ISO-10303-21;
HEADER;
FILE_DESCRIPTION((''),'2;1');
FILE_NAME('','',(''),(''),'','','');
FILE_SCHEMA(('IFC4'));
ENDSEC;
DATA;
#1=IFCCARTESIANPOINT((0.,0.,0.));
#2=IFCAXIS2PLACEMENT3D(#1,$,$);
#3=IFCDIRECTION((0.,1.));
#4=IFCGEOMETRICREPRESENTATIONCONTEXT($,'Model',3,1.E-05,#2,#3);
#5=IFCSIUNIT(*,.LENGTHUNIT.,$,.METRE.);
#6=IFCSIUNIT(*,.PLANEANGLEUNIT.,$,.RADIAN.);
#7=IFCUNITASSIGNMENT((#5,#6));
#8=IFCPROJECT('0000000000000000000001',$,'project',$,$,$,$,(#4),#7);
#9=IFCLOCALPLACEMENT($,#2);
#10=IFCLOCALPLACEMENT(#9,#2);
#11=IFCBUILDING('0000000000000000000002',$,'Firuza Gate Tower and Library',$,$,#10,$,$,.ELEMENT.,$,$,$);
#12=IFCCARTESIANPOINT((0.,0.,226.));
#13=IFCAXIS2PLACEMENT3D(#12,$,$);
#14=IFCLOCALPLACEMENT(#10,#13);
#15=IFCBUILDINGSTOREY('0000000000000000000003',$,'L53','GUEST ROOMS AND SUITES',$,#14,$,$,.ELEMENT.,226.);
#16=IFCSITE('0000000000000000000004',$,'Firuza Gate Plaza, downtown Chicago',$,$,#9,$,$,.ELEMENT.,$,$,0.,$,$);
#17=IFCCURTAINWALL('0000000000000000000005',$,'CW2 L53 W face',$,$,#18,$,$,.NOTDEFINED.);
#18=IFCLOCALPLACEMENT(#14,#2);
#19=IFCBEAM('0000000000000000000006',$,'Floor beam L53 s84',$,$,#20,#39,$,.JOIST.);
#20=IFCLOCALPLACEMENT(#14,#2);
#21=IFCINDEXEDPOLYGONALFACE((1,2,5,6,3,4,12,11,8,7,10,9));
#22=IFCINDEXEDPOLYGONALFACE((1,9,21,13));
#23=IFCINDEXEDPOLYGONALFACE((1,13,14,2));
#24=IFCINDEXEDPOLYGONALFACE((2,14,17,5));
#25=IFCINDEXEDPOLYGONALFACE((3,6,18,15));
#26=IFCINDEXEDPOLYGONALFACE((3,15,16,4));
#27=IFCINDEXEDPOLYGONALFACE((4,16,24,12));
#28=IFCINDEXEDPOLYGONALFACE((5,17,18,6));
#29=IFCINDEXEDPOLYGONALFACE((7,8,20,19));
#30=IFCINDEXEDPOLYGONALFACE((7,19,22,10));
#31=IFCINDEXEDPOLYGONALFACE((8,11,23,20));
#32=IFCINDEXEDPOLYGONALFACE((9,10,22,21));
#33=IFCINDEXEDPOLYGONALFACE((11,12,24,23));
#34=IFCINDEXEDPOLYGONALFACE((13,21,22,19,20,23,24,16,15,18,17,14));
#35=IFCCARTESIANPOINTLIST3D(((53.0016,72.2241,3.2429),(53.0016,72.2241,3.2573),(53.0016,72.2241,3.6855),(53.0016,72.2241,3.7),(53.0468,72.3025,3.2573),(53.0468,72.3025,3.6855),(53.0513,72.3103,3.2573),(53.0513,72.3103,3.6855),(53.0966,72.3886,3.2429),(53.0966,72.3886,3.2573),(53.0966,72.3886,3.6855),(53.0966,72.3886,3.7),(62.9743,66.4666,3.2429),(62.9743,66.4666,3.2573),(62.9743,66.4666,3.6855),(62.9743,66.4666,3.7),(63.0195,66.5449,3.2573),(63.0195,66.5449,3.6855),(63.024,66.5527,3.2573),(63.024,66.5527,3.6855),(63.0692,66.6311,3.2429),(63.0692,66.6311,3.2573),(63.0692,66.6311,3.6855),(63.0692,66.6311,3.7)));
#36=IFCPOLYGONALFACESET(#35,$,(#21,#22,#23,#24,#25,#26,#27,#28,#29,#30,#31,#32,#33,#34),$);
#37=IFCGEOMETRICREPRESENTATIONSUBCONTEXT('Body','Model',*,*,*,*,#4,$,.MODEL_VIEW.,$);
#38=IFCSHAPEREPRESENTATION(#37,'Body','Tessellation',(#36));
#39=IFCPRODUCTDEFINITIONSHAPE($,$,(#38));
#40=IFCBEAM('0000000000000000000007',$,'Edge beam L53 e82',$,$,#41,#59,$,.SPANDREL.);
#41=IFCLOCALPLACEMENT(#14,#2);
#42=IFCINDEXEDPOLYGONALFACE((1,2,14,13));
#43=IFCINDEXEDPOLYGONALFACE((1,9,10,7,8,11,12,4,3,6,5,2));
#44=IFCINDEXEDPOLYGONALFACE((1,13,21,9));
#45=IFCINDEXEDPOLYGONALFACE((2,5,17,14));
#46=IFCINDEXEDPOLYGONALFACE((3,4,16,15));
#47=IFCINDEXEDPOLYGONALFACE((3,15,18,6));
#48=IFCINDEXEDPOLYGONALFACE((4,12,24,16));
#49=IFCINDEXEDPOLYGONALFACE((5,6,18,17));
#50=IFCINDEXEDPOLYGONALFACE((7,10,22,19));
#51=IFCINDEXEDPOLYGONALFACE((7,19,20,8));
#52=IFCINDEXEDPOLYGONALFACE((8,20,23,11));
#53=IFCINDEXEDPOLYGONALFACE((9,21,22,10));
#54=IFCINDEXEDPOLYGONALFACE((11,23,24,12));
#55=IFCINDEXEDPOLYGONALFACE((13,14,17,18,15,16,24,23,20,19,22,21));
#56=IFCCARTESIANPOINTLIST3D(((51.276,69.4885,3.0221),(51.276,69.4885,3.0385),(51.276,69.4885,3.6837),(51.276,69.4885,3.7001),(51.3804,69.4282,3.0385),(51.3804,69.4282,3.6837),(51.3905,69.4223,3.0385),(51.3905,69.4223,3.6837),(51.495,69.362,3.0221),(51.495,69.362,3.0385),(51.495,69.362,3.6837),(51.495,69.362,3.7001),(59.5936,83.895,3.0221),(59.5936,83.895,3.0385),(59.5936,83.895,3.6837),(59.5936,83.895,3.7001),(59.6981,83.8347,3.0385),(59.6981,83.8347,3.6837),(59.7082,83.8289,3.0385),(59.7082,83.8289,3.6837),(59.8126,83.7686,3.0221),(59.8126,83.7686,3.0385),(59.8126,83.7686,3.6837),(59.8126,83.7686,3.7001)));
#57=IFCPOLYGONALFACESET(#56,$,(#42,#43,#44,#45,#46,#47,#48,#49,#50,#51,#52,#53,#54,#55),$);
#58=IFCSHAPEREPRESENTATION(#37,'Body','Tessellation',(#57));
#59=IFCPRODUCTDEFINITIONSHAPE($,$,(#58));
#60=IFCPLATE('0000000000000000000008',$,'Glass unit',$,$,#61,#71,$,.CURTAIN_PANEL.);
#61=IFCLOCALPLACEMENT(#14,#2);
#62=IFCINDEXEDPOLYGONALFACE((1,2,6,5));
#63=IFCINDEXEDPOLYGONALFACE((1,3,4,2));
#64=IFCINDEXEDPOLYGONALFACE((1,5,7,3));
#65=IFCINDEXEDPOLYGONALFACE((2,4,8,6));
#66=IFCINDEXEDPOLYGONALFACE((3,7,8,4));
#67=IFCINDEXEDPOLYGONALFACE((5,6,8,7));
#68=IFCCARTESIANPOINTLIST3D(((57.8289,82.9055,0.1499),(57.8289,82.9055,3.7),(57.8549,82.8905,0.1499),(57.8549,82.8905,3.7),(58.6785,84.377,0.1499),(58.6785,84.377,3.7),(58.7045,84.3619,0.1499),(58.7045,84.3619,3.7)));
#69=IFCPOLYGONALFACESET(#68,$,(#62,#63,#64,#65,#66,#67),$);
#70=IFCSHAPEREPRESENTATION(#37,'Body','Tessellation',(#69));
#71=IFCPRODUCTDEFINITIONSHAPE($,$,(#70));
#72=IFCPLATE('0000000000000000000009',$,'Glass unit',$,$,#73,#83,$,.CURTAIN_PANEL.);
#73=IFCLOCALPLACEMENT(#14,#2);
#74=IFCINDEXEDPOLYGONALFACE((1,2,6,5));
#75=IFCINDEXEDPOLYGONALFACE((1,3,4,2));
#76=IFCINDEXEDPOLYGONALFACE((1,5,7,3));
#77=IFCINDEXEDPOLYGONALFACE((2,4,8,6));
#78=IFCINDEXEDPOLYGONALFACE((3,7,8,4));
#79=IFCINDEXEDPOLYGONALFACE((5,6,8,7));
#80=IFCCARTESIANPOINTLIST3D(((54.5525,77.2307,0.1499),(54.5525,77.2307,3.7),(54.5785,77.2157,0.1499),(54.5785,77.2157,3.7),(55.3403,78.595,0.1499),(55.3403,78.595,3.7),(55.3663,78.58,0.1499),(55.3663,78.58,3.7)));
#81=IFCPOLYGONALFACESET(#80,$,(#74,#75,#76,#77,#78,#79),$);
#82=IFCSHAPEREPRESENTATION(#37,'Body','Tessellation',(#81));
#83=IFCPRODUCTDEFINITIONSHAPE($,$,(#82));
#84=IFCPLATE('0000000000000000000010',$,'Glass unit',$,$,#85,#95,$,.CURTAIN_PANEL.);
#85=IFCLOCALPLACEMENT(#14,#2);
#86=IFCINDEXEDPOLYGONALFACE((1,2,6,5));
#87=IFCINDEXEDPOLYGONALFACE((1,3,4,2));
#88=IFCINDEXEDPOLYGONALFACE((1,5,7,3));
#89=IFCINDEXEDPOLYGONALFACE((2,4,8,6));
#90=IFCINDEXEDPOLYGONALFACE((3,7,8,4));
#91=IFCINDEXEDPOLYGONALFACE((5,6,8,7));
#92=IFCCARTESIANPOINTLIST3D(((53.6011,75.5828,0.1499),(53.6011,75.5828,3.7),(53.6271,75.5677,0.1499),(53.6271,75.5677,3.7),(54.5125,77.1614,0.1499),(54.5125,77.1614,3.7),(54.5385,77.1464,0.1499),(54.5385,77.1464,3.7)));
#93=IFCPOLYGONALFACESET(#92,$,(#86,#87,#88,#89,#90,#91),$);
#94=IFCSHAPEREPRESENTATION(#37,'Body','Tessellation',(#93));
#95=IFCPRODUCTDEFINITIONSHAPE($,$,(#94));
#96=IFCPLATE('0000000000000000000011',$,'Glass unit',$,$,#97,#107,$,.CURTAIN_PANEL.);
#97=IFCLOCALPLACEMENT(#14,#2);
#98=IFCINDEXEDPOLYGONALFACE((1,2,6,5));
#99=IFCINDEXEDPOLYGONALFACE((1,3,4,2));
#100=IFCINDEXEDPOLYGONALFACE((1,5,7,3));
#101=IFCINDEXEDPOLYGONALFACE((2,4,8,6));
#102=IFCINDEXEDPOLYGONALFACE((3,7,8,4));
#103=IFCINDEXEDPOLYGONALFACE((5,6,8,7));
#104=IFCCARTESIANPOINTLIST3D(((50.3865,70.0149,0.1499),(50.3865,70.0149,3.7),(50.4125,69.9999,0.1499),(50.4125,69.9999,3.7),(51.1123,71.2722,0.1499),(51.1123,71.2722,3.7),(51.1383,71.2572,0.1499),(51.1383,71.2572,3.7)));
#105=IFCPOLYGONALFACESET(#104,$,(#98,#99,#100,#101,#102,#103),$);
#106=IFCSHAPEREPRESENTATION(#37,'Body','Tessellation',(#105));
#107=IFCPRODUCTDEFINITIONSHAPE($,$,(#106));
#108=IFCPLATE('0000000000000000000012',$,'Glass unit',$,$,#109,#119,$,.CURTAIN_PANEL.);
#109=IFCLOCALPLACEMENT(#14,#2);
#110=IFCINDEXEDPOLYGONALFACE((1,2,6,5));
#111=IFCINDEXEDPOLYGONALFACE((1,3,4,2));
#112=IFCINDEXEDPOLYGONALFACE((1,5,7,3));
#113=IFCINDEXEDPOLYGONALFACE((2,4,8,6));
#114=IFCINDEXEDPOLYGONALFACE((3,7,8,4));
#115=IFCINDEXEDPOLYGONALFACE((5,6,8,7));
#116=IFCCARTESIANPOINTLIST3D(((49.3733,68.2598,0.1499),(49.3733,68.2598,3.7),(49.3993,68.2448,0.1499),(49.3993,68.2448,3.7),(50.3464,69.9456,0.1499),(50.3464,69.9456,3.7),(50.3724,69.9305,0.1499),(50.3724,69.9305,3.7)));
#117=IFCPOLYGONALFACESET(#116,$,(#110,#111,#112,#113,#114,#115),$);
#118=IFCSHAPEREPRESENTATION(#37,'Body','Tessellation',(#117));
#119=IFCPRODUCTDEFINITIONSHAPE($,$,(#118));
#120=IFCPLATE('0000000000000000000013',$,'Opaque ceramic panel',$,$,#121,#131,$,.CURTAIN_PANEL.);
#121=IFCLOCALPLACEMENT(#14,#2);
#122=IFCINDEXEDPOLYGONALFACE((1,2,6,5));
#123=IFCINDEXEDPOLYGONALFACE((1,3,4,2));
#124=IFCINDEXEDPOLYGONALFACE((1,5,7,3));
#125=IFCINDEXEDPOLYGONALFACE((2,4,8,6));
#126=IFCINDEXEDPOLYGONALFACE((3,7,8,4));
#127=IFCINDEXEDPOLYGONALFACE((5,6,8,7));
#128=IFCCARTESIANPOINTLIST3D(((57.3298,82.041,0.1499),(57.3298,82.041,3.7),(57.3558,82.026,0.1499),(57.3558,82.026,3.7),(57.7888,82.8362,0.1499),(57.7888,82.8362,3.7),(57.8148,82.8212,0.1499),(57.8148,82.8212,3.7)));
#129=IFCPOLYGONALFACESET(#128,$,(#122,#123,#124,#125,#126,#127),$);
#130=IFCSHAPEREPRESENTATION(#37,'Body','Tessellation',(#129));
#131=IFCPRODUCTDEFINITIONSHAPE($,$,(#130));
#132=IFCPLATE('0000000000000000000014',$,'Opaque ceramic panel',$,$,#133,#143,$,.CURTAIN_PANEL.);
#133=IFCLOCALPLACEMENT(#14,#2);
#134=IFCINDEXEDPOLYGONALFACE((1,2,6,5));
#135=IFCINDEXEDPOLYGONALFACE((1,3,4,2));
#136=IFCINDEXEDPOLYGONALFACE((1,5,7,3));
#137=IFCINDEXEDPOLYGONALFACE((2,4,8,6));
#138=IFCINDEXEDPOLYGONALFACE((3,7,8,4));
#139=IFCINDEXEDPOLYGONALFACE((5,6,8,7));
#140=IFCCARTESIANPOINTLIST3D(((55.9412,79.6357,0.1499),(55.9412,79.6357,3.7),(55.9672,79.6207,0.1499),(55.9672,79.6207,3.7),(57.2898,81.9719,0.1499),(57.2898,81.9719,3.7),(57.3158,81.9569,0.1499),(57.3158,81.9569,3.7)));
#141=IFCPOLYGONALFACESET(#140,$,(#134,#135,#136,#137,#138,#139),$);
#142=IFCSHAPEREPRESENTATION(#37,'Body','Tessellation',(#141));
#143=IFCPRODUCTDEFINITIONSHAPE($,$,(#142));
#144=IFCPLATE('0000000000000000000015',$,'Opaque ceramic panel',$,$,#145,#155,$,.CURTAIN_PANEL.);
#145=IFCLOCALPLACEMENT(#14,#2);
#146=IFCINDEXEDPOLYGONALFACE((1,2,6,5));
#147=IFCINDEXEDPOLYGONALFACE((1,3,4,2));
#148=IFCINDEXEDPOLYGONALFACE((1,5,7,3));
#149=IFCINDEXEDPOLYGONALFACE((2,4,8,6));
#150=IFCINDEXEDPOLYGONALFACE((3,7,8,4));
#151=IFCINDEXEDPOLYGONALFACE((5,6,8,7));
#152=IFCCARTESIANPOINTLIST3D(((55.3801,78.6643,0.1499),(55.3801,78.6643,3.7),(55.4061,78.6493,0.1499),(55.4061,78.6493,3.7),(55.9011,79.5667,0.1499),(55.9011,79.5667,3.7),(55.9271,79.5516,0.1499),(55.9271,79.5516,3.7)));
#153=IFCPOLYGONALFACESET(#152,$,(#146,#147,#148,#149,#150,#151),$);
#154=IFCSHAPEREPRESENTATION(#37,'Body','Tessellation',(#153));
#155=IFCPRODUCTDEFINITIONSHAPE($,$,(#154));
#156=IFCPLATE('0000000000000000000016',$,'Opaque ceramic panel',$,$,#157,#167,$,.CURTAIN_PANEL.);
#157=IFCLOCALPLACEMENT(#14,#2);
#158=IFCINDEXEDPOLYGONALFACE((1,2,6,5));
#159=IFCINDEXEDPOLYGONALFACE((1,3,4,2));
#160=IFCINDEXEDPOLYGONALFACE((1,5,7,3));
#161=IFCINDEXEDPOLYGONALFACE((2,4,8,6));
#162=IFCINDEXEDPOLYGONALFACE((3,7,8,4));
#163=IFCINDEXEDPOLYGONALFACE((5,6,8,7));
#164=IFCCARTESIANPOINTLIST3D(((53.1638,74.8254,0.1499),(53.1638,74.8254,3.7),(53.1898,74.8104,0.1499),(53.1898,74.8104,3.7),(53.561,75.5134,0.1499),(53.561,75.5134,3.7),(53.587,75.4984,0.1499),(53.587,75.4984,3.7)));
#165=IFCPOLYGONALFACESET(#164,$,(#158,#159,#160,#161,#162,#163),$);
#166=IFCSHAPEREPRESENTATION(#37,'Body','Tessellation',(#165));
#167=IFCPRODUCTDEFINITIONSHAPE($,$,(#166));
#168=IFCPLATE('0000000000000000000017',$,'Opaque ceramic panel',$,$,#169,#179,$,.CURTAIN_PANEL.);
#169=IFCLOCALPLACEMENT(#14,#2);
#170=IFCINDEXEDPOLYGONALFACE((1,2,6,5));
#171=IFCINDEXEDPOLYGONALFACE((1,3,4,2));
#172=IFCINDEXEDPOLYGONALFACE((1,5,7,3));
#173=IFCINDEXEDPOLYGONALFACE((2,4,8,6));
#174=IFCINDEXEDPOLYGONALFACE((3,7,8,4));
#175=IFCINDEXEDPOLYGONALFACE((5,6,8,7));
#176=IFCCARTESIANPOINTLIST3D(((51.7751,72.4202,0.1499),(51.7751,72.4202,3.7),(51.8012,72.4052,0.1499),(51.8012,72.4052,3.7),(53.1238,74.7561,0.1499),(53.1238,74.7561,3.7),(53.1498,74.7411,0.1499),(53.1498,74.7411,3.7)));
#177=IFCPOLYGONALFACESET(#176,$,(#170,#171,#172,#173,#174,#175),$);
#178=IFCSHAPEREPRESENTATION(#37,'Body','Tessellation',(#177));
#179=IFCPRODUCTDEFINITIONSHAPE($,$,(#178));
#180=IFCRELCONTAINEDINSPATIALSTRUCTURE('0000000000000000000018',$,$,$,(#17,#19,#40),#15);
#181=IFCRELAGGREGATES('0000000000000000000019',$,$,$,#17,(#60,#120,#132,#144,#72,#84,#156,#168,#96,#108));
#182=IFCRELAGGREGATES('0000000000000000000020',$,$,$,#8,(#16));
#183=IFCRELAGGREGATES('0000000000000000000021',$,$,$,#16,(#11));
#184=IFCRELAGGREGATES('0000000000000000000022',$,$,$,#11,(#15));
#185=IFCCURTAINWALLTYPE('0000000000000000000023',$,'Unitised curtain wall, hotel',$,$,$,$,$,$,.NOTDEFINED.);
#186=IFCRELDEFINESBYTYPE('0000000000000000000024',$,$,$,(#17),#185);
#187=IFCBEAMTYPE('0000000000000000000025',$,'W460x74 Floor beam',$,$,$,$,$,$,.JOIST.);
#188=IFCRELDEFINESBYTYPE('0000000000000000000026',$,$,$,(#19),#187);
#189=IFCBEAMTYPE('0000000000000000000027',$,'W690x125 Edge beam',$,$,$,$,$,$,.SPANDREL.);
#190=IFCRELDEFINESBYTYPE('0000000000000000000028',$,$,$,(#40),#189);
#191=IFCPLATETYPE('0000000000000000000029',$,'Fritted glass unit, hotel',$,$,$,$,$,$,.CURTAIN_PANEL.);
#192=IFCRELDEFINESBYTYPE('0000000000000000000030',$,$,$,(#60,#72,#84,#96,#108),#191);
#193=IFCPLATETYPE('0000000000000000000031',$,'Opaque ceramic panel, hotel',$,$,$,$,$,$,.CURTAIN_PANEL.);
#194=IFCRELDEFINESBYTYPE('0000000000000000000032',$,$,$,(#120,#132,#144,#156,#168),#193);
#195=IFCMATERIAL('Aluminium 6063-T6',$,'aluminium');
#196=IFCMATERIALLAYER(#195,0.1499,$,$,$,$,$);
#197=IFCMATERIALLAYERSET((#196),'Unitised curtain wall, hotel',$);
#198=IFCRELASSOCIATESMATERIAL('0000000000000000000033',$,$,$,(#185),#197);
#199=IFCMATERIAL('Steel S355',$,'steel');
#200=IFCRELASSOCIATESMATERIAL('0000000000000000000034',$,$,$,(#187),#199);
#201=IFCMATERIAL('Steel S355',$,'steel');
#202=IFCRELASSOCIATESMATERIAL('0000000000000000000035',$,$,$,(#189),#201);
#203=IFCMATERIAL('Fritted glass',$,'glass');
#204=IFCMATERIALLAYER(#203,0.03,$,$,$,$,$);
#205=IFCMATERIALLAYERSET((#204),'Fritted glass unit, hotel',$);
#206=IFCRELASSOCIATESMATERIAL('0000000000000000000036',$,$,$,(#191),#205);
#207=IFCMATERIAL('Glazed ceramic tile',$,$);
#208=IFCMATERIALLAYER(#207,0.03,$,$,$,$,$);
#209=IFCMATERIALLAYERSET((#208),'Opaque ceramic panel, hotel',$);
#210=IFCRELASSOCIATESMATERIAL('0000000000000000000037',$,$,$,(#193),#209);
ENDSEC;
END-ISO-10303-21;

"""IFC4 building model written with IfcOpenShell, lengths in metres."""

from ifc_helpers import new_model, si_unit, direction, frame, origin, origin_2d, place, context, subcontext, project, spatial, polyline, i_section, outline, extrude, material, layer, layer_set, material_profile, profile_set, type_object, element, aggregate, save


model = new_model("IFC4")

# Units and contexts
model_context = context("Model", 3, precision=1e-05, world=origin(), true_north=direction((0.0, 1.0)))
body_context = subcontext(model_context, "Body", "Model", "MODEL_VIEW")
ifc_project = project(units=[si_unit("LENGTHUNIT", "METRE"), si_unit("PLANEANGLEUNIT", "RADIAN")], contexts=[model_context])

# Site, building, storey
site_placement = place(None, origin())
site = spatial("IfcSite", under=ifc_project, at=site_placement, Name="Firuza Gate Plaza, downtown Chicago", CompositionType="ELEMENT", RefElevation=0.0)
building_placement = place(site_placement, origin())
building = spatial("IfcBuilding", under=site, at=building_placement, Name="Firuza Gate Tower and Library", CompositionType="ELEMENT")
storey_placement = place(building_placement, frame((0.0, 0.0, 226.0)))
storey = spatial("IfcBuildingStorey", under=building, at=storey_placement, Name="L53", Description="GUEST ROOMS AND SUITES", CompositionType="ELEMENT", Elevation=226.0)

# Curtain wall
ifc_material_1 = material(Name="Aluminium 6063-T6", Category="aluminium")
ifc_layer_1 = layer(ifc_material_1, 0.1499)
ifc_layer_set_1 = layer_set([ifc_layer_1], Name="Unitised curtain wall, hotel")
curtain_wall_type = type_object("IfcCurtainWallType", Name="Unitised curtain wall, hotel", PredefinedType="NOTDEFINED", material=ifc_layer_set_1)
curtain_wall_placement = place(storey_placement, origin())
curtain_wall = element("IfcCurtainWall", 1, at=curtain_wall_placement, inside=storey, type_object=curtain_wall_type, Name="CW2 L53 W face", PredefinedType="NOTDEFINED")

# Beams
ifc_material_2 = material(Name="Steel S355", Category="steel")
ifc_material_profile_1 = material_profile(ifc_material_2, i_section(OverallWidth=0.1899, OverallDepth=0.457, WebThickness=0.009, FlangeThickness=0.0144, at=origin_2d()))
ifc_profile_set_1 = profile_set([ifc_material_profile_1], Name="Steel S355")
beam_type_1 = type_object("IfcBeamType", Name="W460x74 Floor beam", PredefinedType="JOIST", material=ifc_profile_set_1)
beam_1_placement = place(storey_placement, frame((53.0491, 72.3064, 3.4714), z_axis=(0.866031, -0.49999, 0.0), x_axis=(0.49999, 0.866031, 0.0)))
element("IfcBeam", 2, at=beam_1_placement, inside=storey, type_object=beam_type_1, Name="Floor beam L53 s84", PredefinedType="JOIST", context=body_context, shape_type="SweptSolid", body=[
    extrude(i_section(OverallWidth=0.1899, OverallDepth=0.457, WebThickness=0.009, FlangeThickness=0.0144, at=origin_2d()), origin(), (0.0, 0.0, 1.0), 11.5154),
])
ifc_material_3 = material(Name="Steel S355", Category="steel")
ifc_material_profile_2 = material_profile(ifc_material_3, i_section(OverallWidth=0.2529, OverallDepth=0.678, WebThickness=0.0117, FlangeThickness=0.0164, at=origin_2d()))
ifc_profile_set_2 = profile_set([ifc_material_profile_2], Name="Steel S355")
beam_type_2 = type_object("IfcBeamType", Name="W690x125 Edge beam", PredefinedType="SPANDREL", material=ifc_profile_set_2)
beam_2_placement = place(storey_placement, frame((59.7031, 83.8318, 3.3611), z_axis=(-0.500002, -0.866025, 0.0), x_axis=(0.866025, -0.500002, 0.0)))
element("IfcBeam", 3, at=beam_2_placement, inside=storey, type_object=beam_type_2, Name="Edge beam L53 e82", PredefinedType="SPANDREL", context=body_context, shape_type="SweptSolid", body=[
    extrude(i_section(OverallWidth=0.2529, OverallDepth=0.678, WebThickness=0.0117, FlangeThickness=0.0164, at=origin_2d()), origin(), (0.0, 0.0, 1.0), 16.6353),
])

# Plates
ifc_material_4 = material(Name="Fritted glass", Category="glass")
ifc_layer_2 = layer(ifc_material_4, 0.03)
ifc_layer_set_2 = layer_set([ifc_layer_2], Name="Fritted glass unit, hotel")
plate_type_1 = type_object("IfcPlateType", Name="Fritted glass unit, hotel", PredefinedType="CURTAIN_PANEL", material=ifc_layer_set_2)
plate_1_placement = place(storey_placement, frame((58.6785, 84.377, 0.1499), z_axis=(-0.866006, 0.500033, 0.0), x_axis=(-0.500033, -0.866006, 0.0)))
plate_1 = element("IfcPlate", 4, at=plate_1_placement, type_object=plate_type_1, Name="Glass unit", PredefinedType="CURTAIN_PANEL", context=body_context, shape_type="SweptSolid", body=[
    extrude(outline(polyline([(0.0, 0.0), (1.6991, 0.0), (1.6991, 3.55), (0.0, 3.55), (0.0, 0.0)])), origin(), (0.0, 0.0, -1.0), 0.03),
])
plate_2_placement = place(storey_placement, frame((55.3403, 78.595, 0.1499), z_axis=(-0.865974, 0.500089, 0.0), x_axis=(-0.500089, -0.865974, 0.0)))
plate_2 = element("IfcPlate", 5, at=plate_2_placement, type_object=plate_type_1, Name="Glass unit", PredefinedType="CURTAIN_PANEL", context=body_context, shape_type="SweptSolid", body=[
    extrude(outline(polyline([(0.0, 0.0), (1.5754, 0.0), (1.5754, 3.55), (0.0, 3.55), (0.0, 0.0)])), origin(), (0.0, 0.0, -1.0), 0.03),
])
plate_3_placement = place(storey_placement, frame((54.5125, 77.1614, 0.1499), z_axis=(-0.866034, 0.499985, 0.0), x_axis=(-0.499985, -0.866034, 0.0)))
plate_3 = element("IfcPlate", 6, at=plate_3_placement, type_object=plate_type_1, Name="Glass unit", PredefinedType="CURTAIN_PANEL", context=body_context, shape_type="SweptSolid", body=[
    extrude(outline(polyline([(0.0, 0.0), (1.8228, 0.0), (1.8228, 3.55), (0.0, 3.55), (0.0, 0.0)])), origin(), (0.0, 0.0, -1.0), 0.03),
])
plate_4_placement = place(storey_placement, frame((51.1123, 71.2722, 0.1499), z_axis=(-0.866051, 0.499955, 0.0), x_axis=(-0.499955, -0.866051, 0.0)))
plate_4 = element("IfcPlate", 7, at=plate_4_placement, type_object=plate_type_1, Name="Glass unit", PredefinedType="CURTAIN_PANEL", context=body_context, shape_type="SweptSolid", body=[
    extrude(outline(polyline([(0.0, 0.0), (1.4518, 0.0), (1.4518, 3.55), (0.0, 3.55), (0.0, 0.0)])), origin(), (0.0, 0.0, -1.0), 0.03),
])
plate_5_placement = place(storey_placement, frame((50.3464, 69.9456, 0.1499), z_axis=(-0.866058, 0.499943, 0.0), x_axis=(-0.499943, -0.866058, 0.0)))
plate_5 = element("IfcPlate", 8, at=plate_5_placement, type_object=plate_type_1, Name="Glass unit", PredefinedType="CURTAIN_PANEL", context=body_context, shape_type="SweptSolid", body=[
    extrude(outline(polyline([(0.0, 0.0), (1.9465, 0.0), (1.9465, 3.55), (0.0, 3.55), (0.0, 0.0)])), origin(), (0.0, 0.0, -1.0), 0.03),
])
ifc_material_5 = material(Name="Glazed ceramic tile")
ifc_layer_3 = layer(ifc_material_5, 0.03)
ifc_layer_set_3 = layer_set([ifc_layer_3], Name="Opaque ceramic panel, hotel")
plate_type_2 = type_object("IfcPlateType", Name="Opaque ceramic panel, hotel", PredefinedType="CURTAIN_PANEL", material=ifc_layer_set_3)
plate_6_placement = place(storey_placement, frame((57.7888, 82.8362, 0.1499), z_axis=(-0.866075, 0.499914, 0.0), x_axis=(-0.499914, -0.866075, 0.0)))
plate_6 = element("IfcPlate", 9, at=plate_6_placement, type_object=plate_type_2, Name="Opaque ceramic panel", PredefinedType="CURTAIN_PANEL", context=body_context, shape_type="SweptSolid", body=[
    extrude(outline(polyline([(0.0, 0.0), (0.9181, 0.0), (0.9181, 3.55), (0.0, 3.55), (0.0, 0.0)])), origin(), (0.0, 0.0, -1.0), 0.03),
])
plate_7_placement = place(storey_placement, frame((57.2898, 81.9719, 0.1499), z_axis=(-0.866051, 0.499955, 0.0), x_axis=(-0.499955, -0.866051, 0.0)))
plate_7 = element("IfcPlate", 10, at=plate_7_placement, type_object=plate_type_2, Name="Opaque ceramic panel", PredefinedType="CURTAIN_PANEL", context=body_context, shape_type="SweptSolid", body=[
    extrude(outline(polyline([(0.0, 0.0), (2.6975, 0.0), (2.6975, 3.55), (0.0, 3.55), (0.0, 0.0)])), origin(), (0.0, 0.0, -1.0), 0.03),
])
plate_8_placement = place(storey_placement, frame((55.9011, 79.5667, 0.1499), z_axis=(-0.866014, 0.50002, 0.0), x_axis=(-0.50002, -0.866014, 0.0)))
plate_8 = element("IfcPlate", 11, at=plate_8_placement, type_object=plate_type_2, Name="Opaque ceramic panel", PredefinedType="CURTAIN_PANEL", context=body_context, shape_type="SweptSolid", body=[
    extrude(outline(polyline([(0.0, 0.0), (1.042, 0.0), (1.042, 3.55), (0.0, 3.55), (0.0, 0.0)])), origin(), (0.0, 0.0, -1.0), 0.03),
])
plate_9_placement = place(storey_placement, frame((53.561, 75.5134, 0.1499), z_axis=(-0.866022, 0.500006, 0.0), x_axis=(-0.500006, -0.866022, 0.0)))
plate_9 = element("IfcPlate", 12, at=plate_9_placement, type_object=plate_type_2, Name="Opaque ceramic panel", PredefinedType="CURTAIN_PANEL", context=body_context, shape_type="SweptSolid", body=[
    extrude(outline(polyline([(0.0, 0.0), (0.7944, 0.0), (0.7944, 3.55), (0.0, 3.55), (0.0, 0.0)])), origin(), (0.0, 0.0, -1.0), 0.03),
])
plate_10_placement = place(storey_placement, frame((53.1238, 74.7561, 0.1499), z_axis=(-0.866029, 0.499994, 0.0), x_axis=(-0.499994, -0.866029, 0.0)))
plate_10 = element("IfcPlate", 13, at=plate_10_placement, type_object=plate_type_2, Name="Opaque ceramic panel", PredefinedType="CURTAIN_PANEL", context=body_context, shape_type="SweptSolid", body=[
    extrude(outline(polyline([(0.0, 0.0), (2.6973, 0.0), (2.6973, 3.55), (0.0, 3.55), (0.0, 0.0)])), origin(), (0.0, 0.0, -1.0), 0.03),
])
aggregate(curtain_wall, [plate_1, plate_6, plate_7, plate_8, plate_2, plate_3, plate_9, plate_10, plate_4, plate_5])

save(model, "model.ifc")
